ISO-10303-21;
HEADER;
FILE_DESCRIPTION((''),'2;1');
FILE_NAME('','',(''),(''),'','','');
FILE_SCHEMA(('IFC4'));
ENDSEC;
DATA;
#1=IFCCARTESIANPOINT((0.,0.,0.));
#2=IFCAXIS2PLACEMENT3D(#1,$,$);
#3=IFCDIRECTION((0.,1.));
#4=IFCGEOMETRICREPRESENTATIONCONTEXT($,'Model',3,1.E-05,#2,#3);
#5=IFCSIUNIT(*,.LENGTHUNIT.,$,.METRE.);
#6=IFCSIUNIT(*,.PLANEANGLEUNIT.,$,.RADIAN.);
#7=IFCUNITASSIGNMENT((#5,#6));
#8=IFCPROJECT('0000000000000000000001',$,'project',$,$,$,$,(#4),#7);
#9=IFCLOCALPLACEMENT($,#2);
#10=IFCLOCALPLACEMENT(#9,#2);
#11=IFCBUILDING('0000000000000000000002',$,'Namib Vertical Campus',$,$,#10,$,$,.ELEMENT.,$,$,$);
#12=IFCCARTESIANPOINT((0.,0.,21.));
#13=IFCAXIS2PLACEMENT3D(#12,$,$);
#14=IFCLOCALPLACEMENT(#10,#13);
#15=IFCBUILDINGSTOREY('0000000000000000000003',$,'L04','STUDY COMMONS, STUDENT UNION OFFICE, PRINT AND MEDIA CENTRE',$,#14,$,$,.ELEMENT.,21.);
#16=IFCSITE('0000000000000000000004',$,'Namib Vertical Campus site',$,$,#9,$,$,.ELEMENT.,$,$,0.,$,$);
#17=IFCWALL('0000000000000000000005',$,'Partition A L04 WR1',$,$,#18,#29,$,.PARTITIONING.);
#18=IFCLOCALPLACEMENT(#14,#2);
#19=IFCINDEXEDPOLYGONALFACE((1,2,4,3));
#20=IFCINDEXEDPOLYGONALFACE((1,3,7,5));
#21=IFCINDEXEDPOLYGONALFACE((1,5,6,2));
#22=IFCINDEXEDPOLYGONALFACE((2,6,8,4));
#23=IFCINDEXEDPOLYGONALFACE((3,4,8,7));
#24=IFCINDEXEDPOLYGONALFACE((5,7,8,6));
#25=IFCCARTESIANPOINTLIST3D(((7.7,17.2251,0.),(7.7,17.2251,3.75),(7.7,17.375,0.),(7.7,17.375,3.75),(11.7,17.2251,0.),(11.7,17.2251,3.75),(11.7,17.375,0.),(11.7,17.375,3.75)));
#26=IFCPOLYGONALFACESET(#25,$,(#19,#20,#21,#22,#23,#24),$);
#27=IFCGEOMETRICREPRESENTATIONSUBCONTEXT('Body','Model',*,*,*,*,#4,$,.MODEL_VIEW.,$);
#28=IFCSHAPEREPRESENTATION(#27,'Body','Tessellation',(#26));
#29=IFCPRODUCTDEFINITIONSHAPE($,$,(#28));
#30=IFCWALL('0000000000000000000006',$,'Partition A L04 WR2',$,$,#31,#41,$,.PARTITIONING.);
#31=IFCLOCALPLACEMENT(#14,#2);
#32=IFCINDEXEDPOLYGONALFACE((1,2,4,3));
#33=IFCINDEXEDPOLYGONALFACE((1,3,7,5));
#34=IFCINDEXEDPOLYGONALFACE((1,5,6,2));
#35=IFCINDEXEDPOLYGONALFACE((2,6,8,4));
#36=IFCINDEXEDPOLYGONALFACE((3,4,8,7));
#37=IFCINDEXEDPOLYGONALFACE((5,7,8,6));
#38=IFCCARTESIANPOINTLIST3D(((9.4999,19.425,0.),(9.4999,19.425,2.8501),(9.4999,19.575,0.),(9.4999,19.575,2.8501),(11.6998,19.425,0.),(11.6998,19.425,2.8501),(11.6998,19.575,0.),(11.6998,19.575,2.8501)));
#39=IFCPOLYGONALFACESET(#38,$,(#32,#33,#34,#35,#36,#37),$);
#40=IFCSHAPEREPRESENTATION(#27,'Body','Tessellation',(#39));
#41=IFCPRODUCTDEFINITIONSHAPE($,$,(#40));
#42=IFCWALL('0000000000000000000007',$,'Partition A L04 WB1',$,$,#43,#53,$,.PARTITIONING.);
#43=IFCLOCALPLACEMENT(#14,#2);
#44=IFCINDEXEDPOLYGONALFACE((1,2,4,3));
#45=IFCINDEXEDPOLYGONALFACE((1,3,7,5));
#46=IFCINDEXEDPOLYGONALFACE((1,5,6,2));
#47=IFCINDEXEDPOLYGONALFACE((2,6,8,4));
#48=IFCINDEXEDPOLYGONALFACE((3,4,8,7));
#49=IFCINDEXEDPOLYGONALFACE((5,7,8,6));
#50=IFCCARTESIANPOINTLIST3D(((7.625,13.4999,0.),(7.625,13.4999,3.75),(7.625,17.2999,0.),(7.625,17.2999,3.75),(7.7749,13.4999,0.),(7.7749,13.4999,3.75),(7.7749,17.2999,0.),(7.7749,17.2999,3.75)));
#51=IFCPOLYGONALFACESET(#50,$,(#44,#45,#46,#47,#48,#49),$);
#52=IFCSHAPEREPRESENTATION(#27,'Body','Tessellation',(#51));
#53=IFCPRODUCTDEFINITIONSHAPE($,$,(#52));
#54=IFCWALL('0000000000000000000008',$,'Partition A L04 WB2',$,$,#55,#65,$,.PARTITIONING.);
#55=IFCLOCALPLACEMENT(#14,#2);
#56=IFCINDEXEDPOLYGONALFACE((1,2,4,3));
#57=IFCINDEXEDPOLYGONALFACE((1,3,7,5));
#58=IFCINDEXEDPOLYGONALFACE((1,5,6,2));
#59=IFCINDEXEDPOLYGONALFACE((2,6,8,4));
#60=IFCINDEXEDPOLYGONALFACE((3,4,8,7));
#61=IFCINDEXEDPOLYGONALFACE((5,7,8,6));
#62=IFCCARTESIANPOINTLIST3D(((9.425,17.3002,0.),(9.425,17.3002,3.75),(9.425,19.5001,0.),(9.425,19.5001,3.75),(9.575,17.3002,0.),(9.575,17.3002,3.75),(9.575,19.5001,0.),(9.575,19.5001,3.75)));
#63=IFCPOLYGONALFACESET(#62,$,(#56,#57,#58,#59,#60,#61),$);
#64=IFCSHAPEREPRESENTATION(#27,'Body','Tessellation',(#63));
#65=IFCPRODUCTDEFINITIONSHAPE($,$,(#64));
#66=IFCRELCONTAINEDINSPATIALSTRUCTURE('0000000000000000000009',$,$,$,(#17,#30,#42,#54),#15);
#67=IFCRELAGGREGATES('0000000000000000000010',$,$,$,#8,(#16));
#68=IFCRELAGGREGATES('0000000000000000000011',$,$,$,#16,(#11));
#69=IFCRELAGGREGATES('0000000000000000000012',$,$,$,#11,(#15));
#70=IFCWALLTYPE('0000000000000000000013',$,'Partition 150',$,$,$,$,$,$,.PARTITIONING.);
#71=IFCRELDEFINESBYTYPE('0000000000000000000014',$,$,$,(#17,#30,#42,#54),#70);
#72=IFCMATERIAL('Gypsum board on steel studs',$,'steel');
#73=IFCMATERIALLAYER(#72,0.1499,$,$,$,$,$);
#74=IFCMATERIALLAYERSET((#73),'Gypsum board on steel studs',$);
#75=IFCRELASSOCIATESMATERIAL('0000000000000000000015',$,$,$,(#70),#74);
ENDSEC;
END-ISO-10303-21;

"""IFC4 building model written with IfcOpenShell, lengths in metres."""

from ifc_helpers import new_model, si_unit, direction, frame, frame_2d, origin, place, context, subcontext, project, spatial, rectangle, extrude, material, layer, layer_set, type_object, element, save


model = new_model("IFC4")

# Units and contexts
model_context = context("Model", 3, precision=1e-05, world=origin(), true_north=direction((0.0, 1.0)))
body_context = subcontext(model_context, "Body", "Model", "MODEL_VIEW")
ifc_project = project(units=[si_unit("LENGTHUNIT", "METRE"), si_unit("PLANEANGLEUNIT", "RADIAN")], contexts=[model_context])

# Site, building, storey
site_placement = place(None, origin())
site = spatial("IfcSite", under=ifc_project, at=site_placement, Name="Namib Vertical Campus site", CompositionType="ELEMENT", RefElevation=0.0)
building_placement = place(site_placement, origin())
building = spatial("IfcBuilding", under=site, at=building_placement, Name="Namib Vertical Campus", CompositionType="ELEMENT")
storey_placement = place(building_placement, frame((0.0, 0.0, 21.0)))
storey = spatial("IfcBuildingStorey", under=building, at=storey_placement, Name="L04", Description="STUDY COMMONS, STUDENT UNION OFFICE, PRINT AND MEDIA CENTRE", CompositionType="ELEMENT", Elevation=21.0)

# Walls
ifc_material_1 = material(Name="Gypsum board on steel studs", Category="steel")
ifc_layer_1 = layer(ifc_material_1, 0.1499)
ifc_layer_set_1 = layer_set([ifc_layer_1], Name="Gypsum board on steel studs")
wall_type_1 = type_object("IfcWallType", Name="Partition 150", PredefinedType="PARTITIONING", material=ifc_layer_set_1)
wall_1_placement = place(storey_placement, frame((11.7, 17.3, 0.0), z_axis=(0.0, 0.0, 1.0), x_axis=(-1.0, 0.0, 0.0)))
element("IfcWall", 1, at=wall_1_placement, inside=storey, type_object=wall_type_1, Name="Partition A L04 WR1", PredefinedType="PARTITIONING", context=body_context, shape_type="SweptSolid", body=[
    extrude(rectangle(XDim=4.0, YDim=0.1499, at=frame_2d((2.0, 0.0))), origin(), (0.0, 0.0, 1.0), 3.75),
])
wall_2_placement = place(storey_placement, frame((11.7, 19.5, 0.0), z_axis=(0.0, 0.0, 1.0), x_axis=(-1.0, 0.0, 0.0)))
element("IfcWall", 2, at=wall_2_placement, inside=storey, type_object=wall_type_1, Name="Partition A L04 WR2", PredefinedType="PARTITIONING", context=body_context, shape_type="SweptSolid", body=[
    extrude(rectangle(XDim=2.2, YDim=0.1499, at=frame_2d((1.1001, 0.0))), origin(), (0.0, 0.0, 1.0), 2.8501),
])
wall_3_placement = place(storey_placement, frame((7.7, 13.5, 0.0), z_axis=(0.0, 0.0, 1.0), x_axis=(0.0, 1.0, 0.0)))
element("IfcWall", 3, at=wall_3_placement, inside=storey, type_object=wall_type_1, Name="Partition A L04 WB1", PredefinedType="PARTITIONING", context=body_context, shape_type="SweptSolid", body=[
    extrude(rectangle(XDim=3.8, YDim=0.1499, at=frame_2d((1.8999, 0.0))), origin(), (0.0, 0.0, 1.0), 3.75),
])
wall_4_placement = place(storey_placement, frame((9.5, 17.3, 0.0), z_axis=(0.0, 0.0, 1.0), x_axis=(0.0, 1.0, 0.0)))
element("IfcWall", 4, at=wall_4_placement, inside=storey, type_object=wall_type_1, Name="Partition A L04 WB2", PredefinedType="PARTITIONING", context=body_context, shape_type="SweptSolid", body=[
    extrude(rectangle(XDim=2.2, YDim=0.1499, at=frame_2d((1.1001, 0.0))), origin(), (0.0, 0.0, 1.0), 3.75),
])

save(model, "model.ifc")
